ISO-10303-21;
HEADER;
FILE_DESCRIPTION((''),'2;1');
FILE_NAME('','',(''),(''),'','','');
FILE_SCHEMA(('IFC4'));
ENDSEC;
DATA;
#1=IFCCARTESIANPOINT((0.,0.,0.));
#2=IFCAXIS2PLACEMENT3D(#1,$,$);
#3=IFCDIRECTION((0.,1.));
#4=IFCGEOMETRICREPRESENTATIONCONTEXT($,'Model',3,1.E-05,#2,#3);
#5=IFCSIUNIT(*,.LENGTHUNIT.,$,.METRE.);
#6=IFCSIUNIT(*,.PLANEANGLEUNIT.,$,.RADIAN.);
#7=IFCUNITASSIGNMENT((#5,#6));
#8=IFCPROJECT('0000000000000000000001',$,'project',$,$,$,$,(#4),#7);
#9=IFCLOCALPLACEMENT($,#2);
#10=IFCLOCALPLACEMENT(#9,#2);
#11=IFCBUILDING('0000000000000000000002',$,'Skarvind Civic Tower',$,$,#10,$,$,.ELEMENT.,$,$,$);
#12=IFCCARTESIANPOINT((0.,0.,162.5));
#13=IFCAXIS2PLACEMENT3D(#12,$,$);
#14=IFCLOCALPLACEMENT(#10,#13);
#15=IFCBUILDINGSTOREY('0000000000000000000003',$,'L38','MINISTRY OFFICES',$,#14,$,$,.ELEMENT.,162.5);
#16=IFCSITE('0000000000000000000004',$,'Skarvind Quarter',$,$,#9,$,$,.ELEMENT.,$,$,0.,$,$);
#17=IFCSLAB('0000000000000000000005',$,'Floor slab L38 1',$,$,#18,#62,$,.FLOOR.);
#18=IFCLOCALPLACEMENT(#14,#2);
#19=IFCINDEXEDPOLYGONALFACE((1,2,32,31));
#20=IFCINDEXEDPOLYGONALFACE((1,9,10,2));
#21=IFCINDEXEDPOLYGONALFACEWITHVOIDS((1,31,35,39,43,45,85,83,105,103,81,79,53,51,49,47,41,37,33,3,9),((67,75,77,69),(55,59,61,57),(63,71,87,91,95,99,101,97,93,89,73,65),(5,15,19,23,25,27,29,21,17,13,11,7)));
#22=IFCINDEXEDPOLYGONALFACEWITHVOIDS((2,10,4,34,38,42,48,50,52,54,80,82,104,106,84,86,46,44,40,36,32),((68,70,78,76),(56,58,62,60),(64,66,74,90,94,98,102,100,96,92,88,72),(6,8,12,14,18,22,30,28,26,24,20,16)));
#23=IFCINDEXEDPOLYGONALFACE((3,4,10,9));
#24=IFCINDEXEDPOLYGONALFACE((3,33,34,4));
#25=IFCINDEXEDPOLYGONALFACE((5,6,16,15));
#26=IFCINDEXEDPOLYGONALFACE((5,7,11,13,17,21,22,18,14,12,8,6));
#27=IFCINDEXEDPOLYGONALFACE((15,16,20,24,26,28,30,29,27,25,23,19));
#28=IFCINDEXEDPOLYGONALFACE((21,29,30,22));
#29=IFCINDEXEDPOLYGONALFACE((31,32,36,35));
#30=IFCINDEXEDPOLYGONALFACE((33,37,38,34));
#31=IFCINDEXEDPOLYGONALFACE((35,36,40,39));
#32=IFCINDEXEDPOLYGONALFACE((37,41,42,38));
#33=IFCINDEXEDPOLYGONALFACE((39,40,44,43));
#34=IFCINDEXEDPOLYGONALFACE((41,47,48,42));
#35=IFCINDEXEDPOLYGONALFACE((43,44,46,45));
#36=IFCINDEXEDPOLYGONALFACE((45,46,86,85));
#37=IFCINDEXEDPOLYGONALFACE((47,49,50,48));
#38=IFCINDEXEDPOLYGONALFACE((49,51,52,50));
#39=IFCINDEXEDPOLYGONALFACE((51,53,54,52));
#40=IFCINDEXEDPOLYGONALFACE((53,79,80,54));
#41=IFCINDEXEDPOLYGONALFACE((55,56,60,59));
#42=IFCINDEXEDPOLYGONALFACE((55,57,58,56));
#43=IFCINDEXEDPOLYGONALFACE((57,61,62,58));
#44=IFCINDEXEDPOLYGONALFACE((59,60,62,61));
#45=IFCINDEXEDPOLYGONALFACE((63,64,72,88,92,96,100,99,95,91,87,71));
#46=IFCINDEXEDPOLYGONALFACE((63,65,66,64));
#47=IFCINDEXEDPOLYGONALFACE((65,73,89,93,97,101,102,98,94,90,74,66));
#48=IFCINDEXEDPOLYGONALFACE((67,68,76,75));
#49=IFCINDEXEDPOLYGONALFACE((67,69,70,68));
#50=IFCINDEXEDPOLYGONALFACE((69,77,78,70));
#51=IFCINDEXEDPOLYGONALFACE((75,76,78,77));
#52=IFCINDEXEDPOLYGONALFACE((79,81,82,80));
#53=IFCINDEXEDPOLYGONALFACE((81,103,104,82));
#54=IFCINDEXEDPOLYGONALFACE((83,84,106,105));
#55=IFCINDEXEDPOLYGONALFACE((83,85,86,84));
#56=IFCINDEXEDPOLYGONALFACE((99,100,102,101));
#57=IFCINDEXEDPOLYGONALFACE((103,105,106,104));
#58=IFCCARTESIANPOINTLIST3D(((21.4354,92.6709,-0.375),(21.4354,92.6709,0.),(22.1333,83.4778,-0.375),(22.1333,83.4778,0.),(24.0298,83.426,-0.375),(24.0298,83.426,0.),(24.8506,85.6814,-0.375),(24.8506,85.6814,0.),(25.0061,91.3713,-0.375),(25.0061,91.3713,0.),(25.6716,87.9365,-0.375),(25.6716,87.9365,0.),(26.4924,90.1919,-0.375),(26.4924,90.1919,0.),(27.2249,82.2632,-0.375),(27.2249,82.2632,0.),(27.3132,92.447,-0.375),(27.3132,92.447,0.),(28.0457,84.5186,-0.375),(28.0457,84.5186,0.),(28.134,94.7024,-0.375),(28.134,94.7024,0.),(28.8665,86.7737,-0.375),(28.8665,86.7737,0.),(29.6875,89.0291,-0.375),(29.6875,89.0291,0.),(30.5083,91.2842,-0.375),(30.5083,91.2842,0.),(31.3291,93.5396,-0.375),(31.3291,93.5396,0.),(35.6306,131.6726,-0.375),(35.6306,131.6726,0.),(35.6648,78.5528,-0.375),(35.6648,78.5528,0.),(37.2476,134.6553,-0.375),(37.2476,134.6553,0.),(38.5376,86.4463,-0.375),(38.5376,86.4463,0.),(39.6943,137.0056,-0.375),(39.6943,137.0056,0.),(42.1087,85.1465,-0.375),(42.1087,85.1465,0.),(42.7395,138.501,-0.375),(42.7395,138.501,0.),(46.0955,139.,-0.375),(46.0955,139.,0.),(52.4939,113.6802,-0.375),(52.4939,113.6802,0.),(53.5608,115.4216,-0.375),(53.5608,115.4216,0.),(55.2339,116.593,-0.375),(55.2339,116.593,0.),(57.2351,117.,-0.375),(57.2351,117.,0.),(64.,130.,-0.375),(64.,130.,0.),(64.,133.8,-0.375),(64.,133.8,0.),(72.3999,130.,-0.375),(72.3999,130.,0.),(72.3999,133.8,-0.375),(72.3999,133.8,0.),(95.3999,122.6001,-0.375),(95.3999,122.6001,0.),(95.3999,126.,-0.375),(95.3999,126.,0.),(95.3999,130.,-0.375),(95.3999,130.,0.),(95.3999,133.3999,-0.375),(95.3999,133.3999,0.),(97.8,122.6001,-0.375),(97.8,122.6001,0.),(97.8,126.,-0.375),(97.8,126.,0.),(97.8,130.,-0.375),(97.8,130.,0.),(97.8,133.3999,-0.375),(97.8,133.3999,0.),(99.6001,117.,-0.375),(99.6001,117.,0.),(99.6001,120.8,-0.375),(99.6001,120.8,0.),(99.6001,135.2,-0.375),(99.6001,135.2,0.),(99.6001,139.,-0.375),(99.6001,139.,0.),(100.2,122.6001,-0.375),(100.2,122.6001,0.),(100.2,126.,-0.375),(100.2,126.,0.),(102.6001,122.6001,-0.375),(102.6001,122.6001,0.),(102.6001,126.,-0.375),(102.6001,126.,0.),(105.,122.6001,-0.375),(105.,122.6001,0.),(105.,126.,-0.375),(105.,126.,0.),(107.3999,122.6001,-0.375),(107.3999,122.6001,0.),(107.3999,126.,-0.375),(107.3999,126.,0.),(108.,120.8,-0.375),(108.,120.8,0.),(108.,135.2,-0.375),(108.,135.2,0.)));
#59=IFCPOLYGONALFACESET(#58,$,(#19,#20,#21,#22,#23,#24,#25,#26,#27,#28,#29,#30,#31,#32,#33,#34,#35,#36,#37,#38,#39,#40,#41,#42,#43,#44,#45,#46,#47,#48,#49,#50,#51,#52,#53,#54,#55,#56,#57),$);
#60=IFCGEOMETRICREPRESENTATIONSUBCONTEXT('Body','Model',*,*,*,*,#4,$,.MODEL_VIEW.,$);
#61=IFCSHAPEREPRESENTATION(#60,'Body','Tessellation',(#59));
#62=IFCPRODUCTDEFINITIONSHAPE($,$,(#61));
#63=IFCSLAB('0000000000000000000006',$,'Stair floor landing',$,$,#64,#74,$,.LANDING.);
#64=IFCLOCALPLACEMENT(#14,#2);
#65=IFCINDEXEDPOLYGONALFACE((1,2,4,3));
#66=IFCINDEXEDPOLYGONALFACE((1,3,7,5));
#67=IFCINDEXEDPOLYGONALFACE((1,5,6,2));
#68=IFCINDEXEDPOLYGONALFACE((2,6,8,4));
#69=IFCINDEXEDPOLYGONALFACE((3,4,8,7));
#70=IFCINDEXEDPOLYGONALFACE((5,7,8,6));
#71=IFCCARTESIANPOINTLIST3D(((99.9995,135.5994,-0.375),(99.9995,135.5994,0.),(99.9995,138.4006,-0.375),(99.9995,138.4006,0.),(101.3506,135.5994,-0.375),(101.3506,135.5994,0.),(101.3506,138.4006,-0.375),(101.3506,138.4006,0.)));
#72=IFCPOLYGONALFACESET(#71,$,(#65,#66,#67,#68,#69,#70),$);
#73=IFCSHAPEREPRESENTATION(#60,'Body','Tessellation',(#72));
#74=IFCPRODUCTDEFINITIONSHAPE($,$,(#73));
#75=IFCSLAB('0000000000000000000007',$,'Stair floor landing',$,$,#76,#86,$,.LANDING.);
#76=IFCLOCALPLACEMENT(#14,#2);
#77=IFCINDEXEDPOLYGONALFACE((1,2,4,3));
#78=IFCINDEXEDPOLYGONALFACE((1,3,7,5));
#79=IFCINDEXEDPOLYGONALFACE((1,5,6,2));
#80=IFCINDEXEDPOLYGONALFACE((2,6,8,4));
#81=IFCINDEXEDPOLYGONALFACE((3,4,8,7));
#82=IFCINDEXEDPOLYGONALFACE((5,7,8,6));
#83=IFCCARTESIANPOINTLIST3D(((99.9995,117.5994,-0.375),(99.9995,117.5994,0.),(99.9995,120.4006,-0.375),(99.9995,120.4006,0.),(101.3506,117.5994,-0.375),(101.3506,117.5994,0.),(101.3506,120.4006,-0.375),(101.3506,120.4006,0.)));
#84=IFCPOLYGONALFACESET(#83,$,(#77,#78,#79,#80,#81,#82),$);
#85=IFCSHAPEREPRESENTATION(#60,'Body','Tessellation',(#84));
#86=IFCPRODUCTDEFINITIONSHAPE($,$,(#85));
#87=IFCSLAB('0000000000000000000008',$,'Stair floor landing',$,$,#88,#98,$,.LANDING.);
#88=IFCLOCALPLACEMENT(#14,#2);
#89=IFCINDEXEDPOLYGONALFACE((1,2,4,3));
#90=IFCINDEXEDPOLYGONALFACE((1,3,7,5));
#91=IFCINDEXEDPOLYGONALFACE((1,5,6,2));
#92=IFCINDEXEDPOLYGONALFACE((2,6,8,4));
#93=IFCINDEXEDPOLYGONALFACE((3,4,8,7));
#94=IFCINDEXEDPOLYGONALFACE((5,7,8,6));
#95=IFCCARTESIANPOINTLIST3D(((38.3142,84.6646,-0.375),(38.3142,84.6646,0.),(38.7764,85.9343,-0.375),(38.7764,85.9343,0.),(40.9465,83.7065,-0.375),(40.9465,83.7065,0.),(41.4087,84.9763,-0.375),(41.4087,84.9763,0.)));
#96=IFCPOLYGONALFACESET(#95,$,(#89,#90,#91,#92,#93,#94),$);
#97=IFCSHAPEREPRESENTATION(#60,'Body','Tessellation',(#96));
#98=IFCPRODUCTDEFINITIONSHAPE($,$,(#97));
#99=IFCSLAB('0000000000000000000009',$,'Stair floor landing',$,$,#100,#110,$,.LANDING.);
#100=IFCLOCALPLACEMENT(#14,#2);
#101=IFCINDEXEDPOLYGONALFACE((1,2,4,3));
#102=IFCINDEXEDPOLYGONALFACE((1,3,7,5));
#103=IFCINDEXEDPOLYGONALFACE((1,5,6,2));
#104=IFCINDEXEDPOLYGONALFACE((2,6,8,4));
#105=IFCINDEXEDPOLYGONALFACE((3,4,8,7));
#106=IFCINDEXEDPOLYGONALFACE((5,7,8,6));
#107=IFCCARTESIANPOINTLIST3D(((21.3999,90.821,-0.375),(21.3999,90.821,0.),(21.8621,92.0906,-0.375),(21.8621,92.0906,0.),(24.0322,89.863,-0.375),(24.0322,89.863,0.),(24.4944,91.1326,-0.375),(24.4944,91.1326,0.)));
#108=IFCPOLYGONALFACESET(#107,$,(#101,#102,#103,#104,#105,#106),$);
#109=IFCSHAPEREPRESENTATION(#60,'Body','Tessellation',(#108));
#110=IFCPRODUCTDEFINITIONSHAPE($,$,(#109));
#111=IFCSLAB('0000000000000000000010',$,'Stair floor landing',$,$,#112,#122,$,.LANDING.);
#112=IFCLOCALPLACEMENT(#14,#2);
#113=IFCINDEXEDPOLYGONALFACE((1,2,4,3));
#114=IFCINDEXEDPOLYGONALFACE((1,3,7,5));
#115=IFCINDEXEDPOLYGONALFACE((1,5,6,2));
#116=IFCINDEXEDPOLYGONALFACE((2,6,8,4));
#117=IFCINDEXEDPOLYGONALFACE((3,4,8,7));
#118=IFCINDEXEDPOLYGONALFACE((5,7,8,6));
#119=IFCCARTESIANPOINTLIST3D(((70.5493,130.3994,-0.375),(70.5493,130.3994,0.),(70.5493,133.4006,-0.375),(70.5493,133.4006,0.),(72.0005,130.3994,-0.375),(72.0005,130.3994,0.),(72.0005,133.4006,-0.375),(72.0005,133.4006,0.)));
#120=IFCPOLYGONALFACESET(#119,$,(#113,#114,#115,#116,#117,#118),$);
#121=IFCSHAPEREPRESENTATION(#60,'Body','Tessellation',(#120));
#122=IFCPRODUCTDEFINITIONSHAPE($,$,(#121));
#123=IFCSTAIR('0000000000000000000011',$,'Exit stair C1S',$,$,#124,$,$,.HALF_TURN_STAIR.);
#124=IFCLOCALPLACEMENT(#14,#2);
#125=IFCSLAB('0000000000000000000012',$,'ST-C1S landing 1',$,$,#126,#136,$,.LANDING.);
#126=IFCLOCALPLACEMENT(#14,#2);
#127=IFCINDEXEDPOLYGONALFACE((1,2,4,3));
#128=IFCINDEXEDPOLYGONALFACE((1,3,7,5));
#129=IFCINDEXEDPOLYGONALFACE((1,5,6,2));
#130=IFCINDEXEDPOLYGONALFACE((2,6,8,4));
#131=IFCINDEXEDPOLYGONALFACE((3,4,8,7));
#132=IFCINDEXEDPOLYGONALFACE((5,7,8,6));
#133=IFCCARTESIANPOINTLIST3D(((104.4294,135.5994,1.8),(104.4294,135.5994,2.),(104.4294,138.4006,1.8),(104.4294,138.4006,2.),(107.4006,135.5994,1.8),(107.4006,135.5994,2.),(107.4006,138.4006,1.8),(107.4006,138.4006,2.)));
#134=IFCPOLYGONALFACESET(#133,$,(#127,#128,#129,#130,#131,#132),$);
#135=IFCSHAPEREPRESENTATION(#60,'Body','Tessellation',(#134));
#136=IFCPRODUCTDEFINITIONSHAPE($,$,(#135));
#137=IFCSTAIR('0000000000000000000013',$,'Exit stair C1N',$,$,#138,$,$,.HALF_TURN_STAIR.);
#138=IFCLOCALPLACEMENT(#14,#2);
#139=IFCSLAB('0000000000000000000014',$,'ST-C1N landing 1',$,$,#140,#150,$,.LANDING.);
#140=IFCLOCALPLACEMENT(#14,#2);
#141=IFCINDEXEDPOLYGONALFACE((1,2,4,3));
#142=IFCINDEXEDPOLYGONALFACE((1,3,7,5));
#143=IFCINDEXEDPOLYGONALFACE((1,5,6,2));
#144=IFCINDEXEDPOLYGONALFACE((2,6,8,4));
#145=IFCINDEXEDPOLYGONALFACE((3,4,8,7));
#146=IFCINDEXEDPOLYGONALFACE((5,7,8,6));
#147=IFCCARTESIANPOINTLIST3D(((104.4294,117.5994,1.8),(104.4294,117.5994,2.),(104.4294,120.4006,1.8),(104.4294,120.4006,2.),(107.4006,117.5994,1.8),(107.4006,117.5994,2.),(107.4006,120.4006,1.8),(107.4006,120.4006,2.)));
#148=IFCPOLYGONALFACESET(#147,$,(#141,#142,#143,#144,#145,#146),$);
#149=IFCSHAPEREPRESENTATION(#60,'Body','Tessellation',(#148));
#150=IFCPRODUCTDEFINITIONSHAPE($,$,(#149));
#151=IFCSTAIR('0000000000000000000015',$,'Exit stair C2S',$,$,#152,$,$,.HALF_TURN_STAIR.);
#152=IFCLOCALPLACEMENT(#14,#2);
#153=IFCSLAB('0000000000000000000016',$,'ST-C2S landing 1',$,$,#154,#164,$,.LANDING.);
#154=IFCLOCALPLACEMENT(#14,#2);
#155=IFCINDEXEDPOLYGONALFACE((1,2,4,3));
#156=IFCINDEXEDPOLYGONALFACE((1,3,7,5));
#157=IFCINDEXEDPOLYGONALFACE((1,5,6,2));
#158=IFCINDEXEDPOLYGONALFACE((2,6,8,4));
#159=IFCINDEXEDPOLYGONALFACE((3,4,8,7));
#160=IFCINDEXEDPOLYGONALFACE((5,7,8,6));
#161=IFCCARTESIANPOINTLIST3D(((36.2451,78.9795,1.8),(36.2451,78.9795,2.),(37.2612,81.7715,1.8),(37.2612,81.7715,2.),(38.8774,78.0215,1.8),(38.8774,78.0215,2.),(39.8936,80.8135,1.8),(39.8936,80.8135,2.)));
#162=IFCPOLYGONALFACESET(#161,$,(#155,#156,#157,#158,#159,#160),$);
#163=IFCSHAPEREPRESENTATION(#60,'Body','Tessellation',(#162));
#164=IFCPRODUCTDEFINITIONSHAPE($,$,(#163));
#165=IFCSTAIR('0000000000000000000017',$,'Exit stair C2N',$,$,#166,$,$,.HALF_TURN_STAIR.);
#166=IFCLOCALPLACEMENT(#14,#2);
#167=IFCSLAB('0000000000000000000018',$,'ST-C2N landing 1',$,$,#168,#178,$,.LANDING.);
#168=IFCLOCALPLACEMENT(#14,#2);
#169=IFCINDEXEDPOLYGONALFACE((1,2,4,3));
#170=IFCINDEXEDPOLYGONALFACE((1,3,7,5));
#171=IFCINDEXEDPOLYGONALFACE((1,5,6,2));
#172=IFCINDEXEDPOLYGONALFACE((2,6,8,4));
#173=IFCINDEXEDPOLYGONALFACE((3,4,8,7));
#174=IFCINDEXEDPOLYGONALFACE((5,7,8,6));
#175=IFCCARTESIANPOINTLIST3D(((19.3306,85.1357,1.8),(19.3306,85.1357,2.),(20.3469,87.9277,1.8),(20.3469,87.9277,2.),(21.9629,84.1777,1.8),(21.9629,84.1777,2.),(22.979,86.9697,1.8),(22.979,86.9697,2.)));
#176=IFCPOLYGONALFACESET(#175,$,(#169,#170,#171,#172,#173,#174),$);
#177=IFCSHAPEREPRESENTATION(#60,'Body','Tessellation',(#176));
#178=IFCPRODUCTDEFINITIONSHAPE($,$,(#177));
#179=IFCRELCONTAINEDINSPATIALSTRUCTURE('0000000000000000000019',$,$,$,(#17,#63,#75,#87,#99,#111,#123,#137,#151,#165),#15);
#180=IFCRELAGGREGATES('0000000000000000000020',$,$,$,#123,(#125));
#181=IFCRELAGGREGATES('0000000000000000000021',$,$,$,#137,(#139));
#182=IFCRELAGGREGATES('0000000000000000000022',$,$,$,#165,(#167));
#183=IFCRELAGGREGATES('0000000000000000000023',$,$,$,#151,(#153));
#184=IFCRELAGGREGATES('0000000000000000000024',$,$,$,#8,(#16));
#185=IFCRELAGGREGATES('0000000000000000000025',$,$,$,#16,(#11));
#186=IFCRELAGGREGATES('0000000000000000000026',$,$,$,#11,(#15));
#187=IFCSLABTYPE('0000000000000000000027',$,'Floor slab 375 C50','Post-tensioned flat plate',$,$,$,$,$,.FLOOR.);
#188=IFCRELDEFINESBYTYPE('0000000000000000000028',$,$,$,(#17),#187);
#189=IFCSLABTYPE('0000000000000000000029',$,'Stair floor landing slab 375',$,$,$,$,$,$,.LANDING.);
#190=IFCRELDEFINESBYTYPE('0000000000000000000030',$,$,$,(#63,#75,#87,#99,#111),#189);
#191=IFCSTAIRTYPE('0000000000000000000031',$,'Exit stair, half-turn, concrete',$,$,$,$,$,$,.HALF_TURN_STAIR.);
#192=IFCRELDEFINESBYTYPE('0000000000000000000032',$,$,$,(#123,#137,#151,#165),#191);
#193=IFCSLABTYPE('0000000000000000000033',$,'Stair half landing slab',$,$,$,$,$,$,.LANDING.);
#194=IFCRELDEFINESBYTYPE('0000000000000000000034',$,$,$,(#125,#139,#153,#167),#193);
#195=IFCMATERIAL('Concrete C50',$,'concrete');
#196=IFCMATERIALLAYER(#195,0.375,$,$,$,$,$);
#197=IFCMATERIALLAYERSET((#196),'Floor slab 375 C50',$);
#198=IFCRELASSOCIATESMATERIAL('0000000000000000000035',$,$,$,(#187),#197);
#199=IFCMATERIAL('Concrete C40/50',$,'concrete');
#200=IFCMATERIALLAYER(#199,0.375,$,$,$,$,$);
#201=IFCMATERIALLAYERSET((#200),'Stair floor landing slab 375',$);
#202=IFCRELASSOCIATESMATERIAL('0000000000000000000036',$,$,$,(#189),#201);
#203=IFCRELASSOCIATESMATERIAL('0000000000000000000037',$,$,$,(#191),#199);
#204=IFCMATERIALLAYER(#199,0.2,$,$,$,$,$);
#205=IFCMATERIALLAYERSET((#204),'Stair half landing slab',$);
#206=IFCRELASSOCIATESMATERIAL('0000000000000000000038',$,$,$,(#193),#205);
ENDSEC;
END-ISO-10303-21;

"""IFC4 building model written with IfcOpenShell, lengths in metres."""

from ifc_helpers import new_model, si_unit, direction, frame, origin, place, context, subcontext, project, spatial, polyline, outline, extrude, material, layer, layer_set, type_object, element, aggregate, save


model = new_model("IFC4")

# Units and contexts
model_context = context("Model", 3, precision=1e-05, world=origin(), true_north=direction((0.0, 1.0)))
body_context = subcontext(model_context, "Body", "Model", "MODEL_VIEW")
ifc_project = project(units=[si_unit("LENGTHUNIT", "METRE"), si_unit("PLANEANGLEUNIT", "RADIAN")], contexts=[model_context])

# Site, building, storey
site_placement = place(None, origin())
site = spatial("IfcSite", under=ifc_project, at=site_placement, Name="Skarvind Quarter", CompositionType="ELEMENT", RefElevation=0.0)
building_placement = place(site_placement, origin())
building = spatial("IfcBuilding", under=site, at=building_placement, Name="Skarvind Civic Tower", CompositionType="ELEMENT")
storey_placement = place(building_placement, frame((0.0, 0.0, 162.5)))
storey = spatial("IfcBuildingStorey", under=building, at=storey_placement, Name="L38", Description="MINISTRY OFFICES", CompositionType="ELEMENT", Elevation=162.5)

# Slabs
ifc_material_1 = material(Name="Concrete C50", Category="concrete")
ifc_layer_1 = layer(ifc_material_1, 0.375)
ifc_layer_set_1 = layer_set([ifc_layer_1], Name="Floor slab 375 C50")
slab_type_1 = type_object("IfcSlabType", Name="Floor slab 375 C50", Description="Post-tensioned flat plate", PredefinedType="FLOOR", material=ifc_layer_set_1)
slab_1_placement = place(storey_placement, frame((0.0, 0.0, -0.375)))
element("IfcSlab", 1, at=slab_1_placement, inside=storey, type_object=slab_type_1, Name="Floor slab L38 1", PredefinedType="FLOOR", context=body_context, shape_type="SweptSolid", body=[
    extrude(outline(polyline([(99.6001, 117.0), (99.6001, 120.8), (108.0, 120.8), (108.0, 135.2), (99.6001, 135.2), (99.6001, 139.0), (46.0955, 139.0), (42.7395, 138.501), (39.6943, 137.0056), (37.2476, 134.6553), (35.6306, 131.6726), (19.4175, 87.1267), (21.4353, 92.6709), (25.0061, 91.3713), (22.1333, 83.4778), (36.8865, 78.1082), (35.6648, 78.5527), (38.5376, 86.4463), (42.1086, 85.1465), (40.0908, 79.6023), (40.0908, 79.6023), (52.4939, 113.6802), (53.5608, 115.4216), (55.2339, 116.593), (57.2351, 117.0), (99.6001, 117.0)]), holes=[polyline([(25.6716, 87.9365), (26.4924, 90.1919), (27.3132, 92.447), (28.134, 94.7024), (31.3291, 93.5396), (30.5083, 91.2842), (29.6875, 89.0291), (28.8665, 86.7737), (28.8665, 86.7737), (28.0457, 84.5186), (27.2249, 82.2632), (24.0298, 83.426), (24.8506, 85.6814), (25.6716, 87.9365), (25.6716, 87.9365)]), polyline([(64.0, 130.0), (64.0, 133.8), (72.3999, 133.8), (72.3999, 130.0), (64.0, 130.0)]), polyline([(97.8, 126.0), (100.2, 126.0), (102.6001, 126.0), (105.0, 126.0), (107.3999, 126.0), (107.3999, 122.6001), (105.0, 122.6001), (102.6001, 122.6001), (100.2, 122.6001), (97.8, 122.6001), (95.3999, 122.6001), (95.3999, 126.0), (97.8, 126.0)]), polyline([(97.8, 133.3999), (97.8, 130.0), (95.3999, 130.0), (95.3999, 133.3999), (97.8, 133.3999)])]), origin(), (0.0, 0.0, 1.0), 0.375),
])
ifc_material_2 = material(Name="Concrete C40/50", Category="concrete")
ifc_layer_2 = layer(ifc_material_2, 0.375)
ifc_layer_set_2 = layer_set([ifc_layer_2], Name="Stair floor landing slab 375")
slab_type_2 = type_object("IfcSlabType", Name="Stair floor landing slab 375", PredefinedType="LANDING", material=ifc_layer_set_2)
slab_2_placement = place(storey_placement, frame((0.0, 0.0, -0.375)))
element("IfcSlab", 2, at=slab_2_placement, inside=storey, type_object=slab_type_2, Name="Stair floor landing", PredefinedType="LANDING", context=body_context, shape_type="SweptSolid", body=[
    extrude(outline(polyline([(101.3506, 138.4006), (101.3506, 135.5994), (99.9995, 135.5994), (99.9995, 138.4006), (101.3506, 138.4006)])), origin(), (0.0, 0.0, 1.0), 0.375),
])
slab_3_placement = place(storey_placement, frame((0.0, 0.0, -0.375)))
element("IfcSlab", 3, at=slab_3_placement, inside=storey, type_object=slab_type_2, Name="Stair floor landing", PredefinedType="LANDING", context=body_context, shape_type="SweptSolid", body=[
    extrude(outline(polyline([(101.3506, 120.4006), (101.3506, 117.5994), (99.9995, 117.5994), (99.9995, 120.4006), (101.3506, 120.4006)])), origin(), (0.0, 0.0, 1.0), 0.375),
])
slab_4_placement = place(storey_placement, frame((0.0, 0.0, -0.375)))
element("IfcSlab", 4, at=slab_4_placement, inside=storey, type_object=slab_type_2, Name="Stair floor landing", PredefinedType="LANDING", context=body_context, shape_type="SweptSolid", body=[
    extrude(outline(polyline([(40.9465, 83.7065), (38.3142, 84.6646), (38.7764, 85.9343), (41.4087, 84.9763), (40.9465, 83.7065)])), origin(), (0.0, 0.0, 1.0), 0.375),
])
slab_5_placement = place(storey_placement, frame((0.0, 0.0, -0.375)))
element("IfcSlab", 5, at=slab_5_placement, inside=storey, type_object=slab_type_2, Name="Stair floor landing", PredefinedType="LANDING", context=body_context, shape_type="SweptSolid", body=[
    extrude(outline(polyline([(24.0322, 89.863), (21.3999, 90.821), (21.8621, 92.0906), (24.4944, 91.1326), (24.0322, 89.863)])), origin(), (0.0, 0.0, 1.0), 0.375),
])
slab_6_placement = place(storey_placement, frame((0.0, 0.0, -0.375)))
element("IfcSlab", 6, at=slab_6_placement, inside=storey, type_object=slab_type_2, Name="Stair floor landing", PredefinedType="LANDING", context=body_context, shape_type="SweptSolid", body=[
    extrude(outline(polyline([(70.5493, 130.3994), (70.5493, 133.4006), (72.0005, 133.4006), (72.0005, 130.3994), (70.5493, 130.3994)])), origin(), (0.0, 0.0, 1.0), 0.375),
])

# Stairs, slabs
stair_type_1 = type_object("IfcStairType", Name="Exit stair, half-turn, concrete", PredefinedType="HALF_TURN_STAIR", material=ifc_material_2)
stair_1_placement = place(storey_placement, origin())
stair_1 = element("IfcStair", 7, at=stair_1_placement, inside=storey, type_object=stair_type_1, Name="Exit stair C1S", PredefinedType="HALF_TURN_STAIR")
ifc_layer_3 = layer(ifc_material_2, 0.2)
ifc_layer_set_3 = layer_set([ifc_layer_3], Name="Stair half landing slab")
slab_type_3 = type_object("IfcSlabType", Name="Stair half landing slab", PredefinedType="LANDING", material=ifc_layer_set_3)
slab_7_placement = place(storey_placement, frame((0.0, 0.0, 1.8)))
slab_7 = element("IfcSlab", 8, at=slab_7_placement, type_object=slab_type_3, Name="ST-C1S landing 1", PredefinedType="LANDING", context=body_context, shape_type="SweptSolid", body=[
    extrude(outline(polyline([(104.4294, 135.5994), (104.4294, 138.4006), (107.4006, 138.4006), (107.4006, 135.5994), (104.4294, 135.5994)])), origin(), (0.0, 0.0, 1.0), 0.2),
])
aggregate(stair_1, [slab_7])
stair_2_placement = place(storey_placement, origin())
stair_2 = element("IfcStair", 9, at=stair_2_placement, inside=storey, type_object=stair_type_1, Name="Exit stair C1N", PredefinedType="HALF_TURN_STAIR")
slab_8_placement = place(storey_placement, frame((0.0, 0.0, 1.8)))
slab_8 = element("IfcSlab", 10, at=slab_8_placement, type_object=slab_type_3, Name="ST-C1N landing 1", PredefinedType="LANDING", context=body_context, shape_type="SweptSolid", body=[
    extrude(outline(polyline([(104.4294, 117.5994), (104.4294, 120.4006), (107.4006, 120.4006), (107.4006, 117.5994), (104.4294, 117.5994)])), origin(), (0.0, 0.0, 1.0), 0.2),
])
aggregate(stair_2, [slab_8])
stair_3_placement = place(storey_placement, origin())
stair_3 = element("IfcStair", 11, at=stair_3_placement, inside=storey, type_object=stair_type_1, Name="Exit stair C2S", PredefinedType="HALF_TURN_STAIR")
slab_9_placement = place(storey_placement, frame((0.0, 0.0, 1.8)))
slab_9 = element("IfcSlab", 12, at=slab_9_placement, type_object=slab_type_3, Name="ST-C2S landing 1", PredefinedType="LANDING", context=body_context, shape_type="SweptSolid", body=[
    extrude(outline(polyline([(37.2612, 81.7715), (39.8936, 80.8135), (38.8774, 78.0215), (36.2451, 78.9795), (37.2612, 81.7715)])), origin(), (0.0, 0.0, 1.0), 0.2),
])
stair_4_placement = place(storey_placement, origin())
stair_4 = element("IfcStair", 13, at=stair_4_placement, inside=storey, type_object=stair_type_1, Name="Exit stair C2N", PredefinedType="HALF_TURN_STAIR")
slab_10_placement = place(storey_placement, frame((0.0, 0.0, 1.8)))
slab_10 = element("IfcSlab", 14, at=slab_10_placement, type_object=slab_type_3, Name="ST-C2N landing 1", PredefinedType="LANDING", context=body_context, shape_type="SweptSolid", body=[
    extrude(outline(polyline([(20.3469, 87.9277), (22.979, 86.9697), (21.9629, 84.1777), (19.3306, 85.1357), (20.3469, 87.9277)])), origin(), (0.0, 0.0, 1.0), 0.2),
])
aggregate(stair_4, [slab_10])

aggregate(stair_3, [slab_9])

save(model, "model.ifc")
